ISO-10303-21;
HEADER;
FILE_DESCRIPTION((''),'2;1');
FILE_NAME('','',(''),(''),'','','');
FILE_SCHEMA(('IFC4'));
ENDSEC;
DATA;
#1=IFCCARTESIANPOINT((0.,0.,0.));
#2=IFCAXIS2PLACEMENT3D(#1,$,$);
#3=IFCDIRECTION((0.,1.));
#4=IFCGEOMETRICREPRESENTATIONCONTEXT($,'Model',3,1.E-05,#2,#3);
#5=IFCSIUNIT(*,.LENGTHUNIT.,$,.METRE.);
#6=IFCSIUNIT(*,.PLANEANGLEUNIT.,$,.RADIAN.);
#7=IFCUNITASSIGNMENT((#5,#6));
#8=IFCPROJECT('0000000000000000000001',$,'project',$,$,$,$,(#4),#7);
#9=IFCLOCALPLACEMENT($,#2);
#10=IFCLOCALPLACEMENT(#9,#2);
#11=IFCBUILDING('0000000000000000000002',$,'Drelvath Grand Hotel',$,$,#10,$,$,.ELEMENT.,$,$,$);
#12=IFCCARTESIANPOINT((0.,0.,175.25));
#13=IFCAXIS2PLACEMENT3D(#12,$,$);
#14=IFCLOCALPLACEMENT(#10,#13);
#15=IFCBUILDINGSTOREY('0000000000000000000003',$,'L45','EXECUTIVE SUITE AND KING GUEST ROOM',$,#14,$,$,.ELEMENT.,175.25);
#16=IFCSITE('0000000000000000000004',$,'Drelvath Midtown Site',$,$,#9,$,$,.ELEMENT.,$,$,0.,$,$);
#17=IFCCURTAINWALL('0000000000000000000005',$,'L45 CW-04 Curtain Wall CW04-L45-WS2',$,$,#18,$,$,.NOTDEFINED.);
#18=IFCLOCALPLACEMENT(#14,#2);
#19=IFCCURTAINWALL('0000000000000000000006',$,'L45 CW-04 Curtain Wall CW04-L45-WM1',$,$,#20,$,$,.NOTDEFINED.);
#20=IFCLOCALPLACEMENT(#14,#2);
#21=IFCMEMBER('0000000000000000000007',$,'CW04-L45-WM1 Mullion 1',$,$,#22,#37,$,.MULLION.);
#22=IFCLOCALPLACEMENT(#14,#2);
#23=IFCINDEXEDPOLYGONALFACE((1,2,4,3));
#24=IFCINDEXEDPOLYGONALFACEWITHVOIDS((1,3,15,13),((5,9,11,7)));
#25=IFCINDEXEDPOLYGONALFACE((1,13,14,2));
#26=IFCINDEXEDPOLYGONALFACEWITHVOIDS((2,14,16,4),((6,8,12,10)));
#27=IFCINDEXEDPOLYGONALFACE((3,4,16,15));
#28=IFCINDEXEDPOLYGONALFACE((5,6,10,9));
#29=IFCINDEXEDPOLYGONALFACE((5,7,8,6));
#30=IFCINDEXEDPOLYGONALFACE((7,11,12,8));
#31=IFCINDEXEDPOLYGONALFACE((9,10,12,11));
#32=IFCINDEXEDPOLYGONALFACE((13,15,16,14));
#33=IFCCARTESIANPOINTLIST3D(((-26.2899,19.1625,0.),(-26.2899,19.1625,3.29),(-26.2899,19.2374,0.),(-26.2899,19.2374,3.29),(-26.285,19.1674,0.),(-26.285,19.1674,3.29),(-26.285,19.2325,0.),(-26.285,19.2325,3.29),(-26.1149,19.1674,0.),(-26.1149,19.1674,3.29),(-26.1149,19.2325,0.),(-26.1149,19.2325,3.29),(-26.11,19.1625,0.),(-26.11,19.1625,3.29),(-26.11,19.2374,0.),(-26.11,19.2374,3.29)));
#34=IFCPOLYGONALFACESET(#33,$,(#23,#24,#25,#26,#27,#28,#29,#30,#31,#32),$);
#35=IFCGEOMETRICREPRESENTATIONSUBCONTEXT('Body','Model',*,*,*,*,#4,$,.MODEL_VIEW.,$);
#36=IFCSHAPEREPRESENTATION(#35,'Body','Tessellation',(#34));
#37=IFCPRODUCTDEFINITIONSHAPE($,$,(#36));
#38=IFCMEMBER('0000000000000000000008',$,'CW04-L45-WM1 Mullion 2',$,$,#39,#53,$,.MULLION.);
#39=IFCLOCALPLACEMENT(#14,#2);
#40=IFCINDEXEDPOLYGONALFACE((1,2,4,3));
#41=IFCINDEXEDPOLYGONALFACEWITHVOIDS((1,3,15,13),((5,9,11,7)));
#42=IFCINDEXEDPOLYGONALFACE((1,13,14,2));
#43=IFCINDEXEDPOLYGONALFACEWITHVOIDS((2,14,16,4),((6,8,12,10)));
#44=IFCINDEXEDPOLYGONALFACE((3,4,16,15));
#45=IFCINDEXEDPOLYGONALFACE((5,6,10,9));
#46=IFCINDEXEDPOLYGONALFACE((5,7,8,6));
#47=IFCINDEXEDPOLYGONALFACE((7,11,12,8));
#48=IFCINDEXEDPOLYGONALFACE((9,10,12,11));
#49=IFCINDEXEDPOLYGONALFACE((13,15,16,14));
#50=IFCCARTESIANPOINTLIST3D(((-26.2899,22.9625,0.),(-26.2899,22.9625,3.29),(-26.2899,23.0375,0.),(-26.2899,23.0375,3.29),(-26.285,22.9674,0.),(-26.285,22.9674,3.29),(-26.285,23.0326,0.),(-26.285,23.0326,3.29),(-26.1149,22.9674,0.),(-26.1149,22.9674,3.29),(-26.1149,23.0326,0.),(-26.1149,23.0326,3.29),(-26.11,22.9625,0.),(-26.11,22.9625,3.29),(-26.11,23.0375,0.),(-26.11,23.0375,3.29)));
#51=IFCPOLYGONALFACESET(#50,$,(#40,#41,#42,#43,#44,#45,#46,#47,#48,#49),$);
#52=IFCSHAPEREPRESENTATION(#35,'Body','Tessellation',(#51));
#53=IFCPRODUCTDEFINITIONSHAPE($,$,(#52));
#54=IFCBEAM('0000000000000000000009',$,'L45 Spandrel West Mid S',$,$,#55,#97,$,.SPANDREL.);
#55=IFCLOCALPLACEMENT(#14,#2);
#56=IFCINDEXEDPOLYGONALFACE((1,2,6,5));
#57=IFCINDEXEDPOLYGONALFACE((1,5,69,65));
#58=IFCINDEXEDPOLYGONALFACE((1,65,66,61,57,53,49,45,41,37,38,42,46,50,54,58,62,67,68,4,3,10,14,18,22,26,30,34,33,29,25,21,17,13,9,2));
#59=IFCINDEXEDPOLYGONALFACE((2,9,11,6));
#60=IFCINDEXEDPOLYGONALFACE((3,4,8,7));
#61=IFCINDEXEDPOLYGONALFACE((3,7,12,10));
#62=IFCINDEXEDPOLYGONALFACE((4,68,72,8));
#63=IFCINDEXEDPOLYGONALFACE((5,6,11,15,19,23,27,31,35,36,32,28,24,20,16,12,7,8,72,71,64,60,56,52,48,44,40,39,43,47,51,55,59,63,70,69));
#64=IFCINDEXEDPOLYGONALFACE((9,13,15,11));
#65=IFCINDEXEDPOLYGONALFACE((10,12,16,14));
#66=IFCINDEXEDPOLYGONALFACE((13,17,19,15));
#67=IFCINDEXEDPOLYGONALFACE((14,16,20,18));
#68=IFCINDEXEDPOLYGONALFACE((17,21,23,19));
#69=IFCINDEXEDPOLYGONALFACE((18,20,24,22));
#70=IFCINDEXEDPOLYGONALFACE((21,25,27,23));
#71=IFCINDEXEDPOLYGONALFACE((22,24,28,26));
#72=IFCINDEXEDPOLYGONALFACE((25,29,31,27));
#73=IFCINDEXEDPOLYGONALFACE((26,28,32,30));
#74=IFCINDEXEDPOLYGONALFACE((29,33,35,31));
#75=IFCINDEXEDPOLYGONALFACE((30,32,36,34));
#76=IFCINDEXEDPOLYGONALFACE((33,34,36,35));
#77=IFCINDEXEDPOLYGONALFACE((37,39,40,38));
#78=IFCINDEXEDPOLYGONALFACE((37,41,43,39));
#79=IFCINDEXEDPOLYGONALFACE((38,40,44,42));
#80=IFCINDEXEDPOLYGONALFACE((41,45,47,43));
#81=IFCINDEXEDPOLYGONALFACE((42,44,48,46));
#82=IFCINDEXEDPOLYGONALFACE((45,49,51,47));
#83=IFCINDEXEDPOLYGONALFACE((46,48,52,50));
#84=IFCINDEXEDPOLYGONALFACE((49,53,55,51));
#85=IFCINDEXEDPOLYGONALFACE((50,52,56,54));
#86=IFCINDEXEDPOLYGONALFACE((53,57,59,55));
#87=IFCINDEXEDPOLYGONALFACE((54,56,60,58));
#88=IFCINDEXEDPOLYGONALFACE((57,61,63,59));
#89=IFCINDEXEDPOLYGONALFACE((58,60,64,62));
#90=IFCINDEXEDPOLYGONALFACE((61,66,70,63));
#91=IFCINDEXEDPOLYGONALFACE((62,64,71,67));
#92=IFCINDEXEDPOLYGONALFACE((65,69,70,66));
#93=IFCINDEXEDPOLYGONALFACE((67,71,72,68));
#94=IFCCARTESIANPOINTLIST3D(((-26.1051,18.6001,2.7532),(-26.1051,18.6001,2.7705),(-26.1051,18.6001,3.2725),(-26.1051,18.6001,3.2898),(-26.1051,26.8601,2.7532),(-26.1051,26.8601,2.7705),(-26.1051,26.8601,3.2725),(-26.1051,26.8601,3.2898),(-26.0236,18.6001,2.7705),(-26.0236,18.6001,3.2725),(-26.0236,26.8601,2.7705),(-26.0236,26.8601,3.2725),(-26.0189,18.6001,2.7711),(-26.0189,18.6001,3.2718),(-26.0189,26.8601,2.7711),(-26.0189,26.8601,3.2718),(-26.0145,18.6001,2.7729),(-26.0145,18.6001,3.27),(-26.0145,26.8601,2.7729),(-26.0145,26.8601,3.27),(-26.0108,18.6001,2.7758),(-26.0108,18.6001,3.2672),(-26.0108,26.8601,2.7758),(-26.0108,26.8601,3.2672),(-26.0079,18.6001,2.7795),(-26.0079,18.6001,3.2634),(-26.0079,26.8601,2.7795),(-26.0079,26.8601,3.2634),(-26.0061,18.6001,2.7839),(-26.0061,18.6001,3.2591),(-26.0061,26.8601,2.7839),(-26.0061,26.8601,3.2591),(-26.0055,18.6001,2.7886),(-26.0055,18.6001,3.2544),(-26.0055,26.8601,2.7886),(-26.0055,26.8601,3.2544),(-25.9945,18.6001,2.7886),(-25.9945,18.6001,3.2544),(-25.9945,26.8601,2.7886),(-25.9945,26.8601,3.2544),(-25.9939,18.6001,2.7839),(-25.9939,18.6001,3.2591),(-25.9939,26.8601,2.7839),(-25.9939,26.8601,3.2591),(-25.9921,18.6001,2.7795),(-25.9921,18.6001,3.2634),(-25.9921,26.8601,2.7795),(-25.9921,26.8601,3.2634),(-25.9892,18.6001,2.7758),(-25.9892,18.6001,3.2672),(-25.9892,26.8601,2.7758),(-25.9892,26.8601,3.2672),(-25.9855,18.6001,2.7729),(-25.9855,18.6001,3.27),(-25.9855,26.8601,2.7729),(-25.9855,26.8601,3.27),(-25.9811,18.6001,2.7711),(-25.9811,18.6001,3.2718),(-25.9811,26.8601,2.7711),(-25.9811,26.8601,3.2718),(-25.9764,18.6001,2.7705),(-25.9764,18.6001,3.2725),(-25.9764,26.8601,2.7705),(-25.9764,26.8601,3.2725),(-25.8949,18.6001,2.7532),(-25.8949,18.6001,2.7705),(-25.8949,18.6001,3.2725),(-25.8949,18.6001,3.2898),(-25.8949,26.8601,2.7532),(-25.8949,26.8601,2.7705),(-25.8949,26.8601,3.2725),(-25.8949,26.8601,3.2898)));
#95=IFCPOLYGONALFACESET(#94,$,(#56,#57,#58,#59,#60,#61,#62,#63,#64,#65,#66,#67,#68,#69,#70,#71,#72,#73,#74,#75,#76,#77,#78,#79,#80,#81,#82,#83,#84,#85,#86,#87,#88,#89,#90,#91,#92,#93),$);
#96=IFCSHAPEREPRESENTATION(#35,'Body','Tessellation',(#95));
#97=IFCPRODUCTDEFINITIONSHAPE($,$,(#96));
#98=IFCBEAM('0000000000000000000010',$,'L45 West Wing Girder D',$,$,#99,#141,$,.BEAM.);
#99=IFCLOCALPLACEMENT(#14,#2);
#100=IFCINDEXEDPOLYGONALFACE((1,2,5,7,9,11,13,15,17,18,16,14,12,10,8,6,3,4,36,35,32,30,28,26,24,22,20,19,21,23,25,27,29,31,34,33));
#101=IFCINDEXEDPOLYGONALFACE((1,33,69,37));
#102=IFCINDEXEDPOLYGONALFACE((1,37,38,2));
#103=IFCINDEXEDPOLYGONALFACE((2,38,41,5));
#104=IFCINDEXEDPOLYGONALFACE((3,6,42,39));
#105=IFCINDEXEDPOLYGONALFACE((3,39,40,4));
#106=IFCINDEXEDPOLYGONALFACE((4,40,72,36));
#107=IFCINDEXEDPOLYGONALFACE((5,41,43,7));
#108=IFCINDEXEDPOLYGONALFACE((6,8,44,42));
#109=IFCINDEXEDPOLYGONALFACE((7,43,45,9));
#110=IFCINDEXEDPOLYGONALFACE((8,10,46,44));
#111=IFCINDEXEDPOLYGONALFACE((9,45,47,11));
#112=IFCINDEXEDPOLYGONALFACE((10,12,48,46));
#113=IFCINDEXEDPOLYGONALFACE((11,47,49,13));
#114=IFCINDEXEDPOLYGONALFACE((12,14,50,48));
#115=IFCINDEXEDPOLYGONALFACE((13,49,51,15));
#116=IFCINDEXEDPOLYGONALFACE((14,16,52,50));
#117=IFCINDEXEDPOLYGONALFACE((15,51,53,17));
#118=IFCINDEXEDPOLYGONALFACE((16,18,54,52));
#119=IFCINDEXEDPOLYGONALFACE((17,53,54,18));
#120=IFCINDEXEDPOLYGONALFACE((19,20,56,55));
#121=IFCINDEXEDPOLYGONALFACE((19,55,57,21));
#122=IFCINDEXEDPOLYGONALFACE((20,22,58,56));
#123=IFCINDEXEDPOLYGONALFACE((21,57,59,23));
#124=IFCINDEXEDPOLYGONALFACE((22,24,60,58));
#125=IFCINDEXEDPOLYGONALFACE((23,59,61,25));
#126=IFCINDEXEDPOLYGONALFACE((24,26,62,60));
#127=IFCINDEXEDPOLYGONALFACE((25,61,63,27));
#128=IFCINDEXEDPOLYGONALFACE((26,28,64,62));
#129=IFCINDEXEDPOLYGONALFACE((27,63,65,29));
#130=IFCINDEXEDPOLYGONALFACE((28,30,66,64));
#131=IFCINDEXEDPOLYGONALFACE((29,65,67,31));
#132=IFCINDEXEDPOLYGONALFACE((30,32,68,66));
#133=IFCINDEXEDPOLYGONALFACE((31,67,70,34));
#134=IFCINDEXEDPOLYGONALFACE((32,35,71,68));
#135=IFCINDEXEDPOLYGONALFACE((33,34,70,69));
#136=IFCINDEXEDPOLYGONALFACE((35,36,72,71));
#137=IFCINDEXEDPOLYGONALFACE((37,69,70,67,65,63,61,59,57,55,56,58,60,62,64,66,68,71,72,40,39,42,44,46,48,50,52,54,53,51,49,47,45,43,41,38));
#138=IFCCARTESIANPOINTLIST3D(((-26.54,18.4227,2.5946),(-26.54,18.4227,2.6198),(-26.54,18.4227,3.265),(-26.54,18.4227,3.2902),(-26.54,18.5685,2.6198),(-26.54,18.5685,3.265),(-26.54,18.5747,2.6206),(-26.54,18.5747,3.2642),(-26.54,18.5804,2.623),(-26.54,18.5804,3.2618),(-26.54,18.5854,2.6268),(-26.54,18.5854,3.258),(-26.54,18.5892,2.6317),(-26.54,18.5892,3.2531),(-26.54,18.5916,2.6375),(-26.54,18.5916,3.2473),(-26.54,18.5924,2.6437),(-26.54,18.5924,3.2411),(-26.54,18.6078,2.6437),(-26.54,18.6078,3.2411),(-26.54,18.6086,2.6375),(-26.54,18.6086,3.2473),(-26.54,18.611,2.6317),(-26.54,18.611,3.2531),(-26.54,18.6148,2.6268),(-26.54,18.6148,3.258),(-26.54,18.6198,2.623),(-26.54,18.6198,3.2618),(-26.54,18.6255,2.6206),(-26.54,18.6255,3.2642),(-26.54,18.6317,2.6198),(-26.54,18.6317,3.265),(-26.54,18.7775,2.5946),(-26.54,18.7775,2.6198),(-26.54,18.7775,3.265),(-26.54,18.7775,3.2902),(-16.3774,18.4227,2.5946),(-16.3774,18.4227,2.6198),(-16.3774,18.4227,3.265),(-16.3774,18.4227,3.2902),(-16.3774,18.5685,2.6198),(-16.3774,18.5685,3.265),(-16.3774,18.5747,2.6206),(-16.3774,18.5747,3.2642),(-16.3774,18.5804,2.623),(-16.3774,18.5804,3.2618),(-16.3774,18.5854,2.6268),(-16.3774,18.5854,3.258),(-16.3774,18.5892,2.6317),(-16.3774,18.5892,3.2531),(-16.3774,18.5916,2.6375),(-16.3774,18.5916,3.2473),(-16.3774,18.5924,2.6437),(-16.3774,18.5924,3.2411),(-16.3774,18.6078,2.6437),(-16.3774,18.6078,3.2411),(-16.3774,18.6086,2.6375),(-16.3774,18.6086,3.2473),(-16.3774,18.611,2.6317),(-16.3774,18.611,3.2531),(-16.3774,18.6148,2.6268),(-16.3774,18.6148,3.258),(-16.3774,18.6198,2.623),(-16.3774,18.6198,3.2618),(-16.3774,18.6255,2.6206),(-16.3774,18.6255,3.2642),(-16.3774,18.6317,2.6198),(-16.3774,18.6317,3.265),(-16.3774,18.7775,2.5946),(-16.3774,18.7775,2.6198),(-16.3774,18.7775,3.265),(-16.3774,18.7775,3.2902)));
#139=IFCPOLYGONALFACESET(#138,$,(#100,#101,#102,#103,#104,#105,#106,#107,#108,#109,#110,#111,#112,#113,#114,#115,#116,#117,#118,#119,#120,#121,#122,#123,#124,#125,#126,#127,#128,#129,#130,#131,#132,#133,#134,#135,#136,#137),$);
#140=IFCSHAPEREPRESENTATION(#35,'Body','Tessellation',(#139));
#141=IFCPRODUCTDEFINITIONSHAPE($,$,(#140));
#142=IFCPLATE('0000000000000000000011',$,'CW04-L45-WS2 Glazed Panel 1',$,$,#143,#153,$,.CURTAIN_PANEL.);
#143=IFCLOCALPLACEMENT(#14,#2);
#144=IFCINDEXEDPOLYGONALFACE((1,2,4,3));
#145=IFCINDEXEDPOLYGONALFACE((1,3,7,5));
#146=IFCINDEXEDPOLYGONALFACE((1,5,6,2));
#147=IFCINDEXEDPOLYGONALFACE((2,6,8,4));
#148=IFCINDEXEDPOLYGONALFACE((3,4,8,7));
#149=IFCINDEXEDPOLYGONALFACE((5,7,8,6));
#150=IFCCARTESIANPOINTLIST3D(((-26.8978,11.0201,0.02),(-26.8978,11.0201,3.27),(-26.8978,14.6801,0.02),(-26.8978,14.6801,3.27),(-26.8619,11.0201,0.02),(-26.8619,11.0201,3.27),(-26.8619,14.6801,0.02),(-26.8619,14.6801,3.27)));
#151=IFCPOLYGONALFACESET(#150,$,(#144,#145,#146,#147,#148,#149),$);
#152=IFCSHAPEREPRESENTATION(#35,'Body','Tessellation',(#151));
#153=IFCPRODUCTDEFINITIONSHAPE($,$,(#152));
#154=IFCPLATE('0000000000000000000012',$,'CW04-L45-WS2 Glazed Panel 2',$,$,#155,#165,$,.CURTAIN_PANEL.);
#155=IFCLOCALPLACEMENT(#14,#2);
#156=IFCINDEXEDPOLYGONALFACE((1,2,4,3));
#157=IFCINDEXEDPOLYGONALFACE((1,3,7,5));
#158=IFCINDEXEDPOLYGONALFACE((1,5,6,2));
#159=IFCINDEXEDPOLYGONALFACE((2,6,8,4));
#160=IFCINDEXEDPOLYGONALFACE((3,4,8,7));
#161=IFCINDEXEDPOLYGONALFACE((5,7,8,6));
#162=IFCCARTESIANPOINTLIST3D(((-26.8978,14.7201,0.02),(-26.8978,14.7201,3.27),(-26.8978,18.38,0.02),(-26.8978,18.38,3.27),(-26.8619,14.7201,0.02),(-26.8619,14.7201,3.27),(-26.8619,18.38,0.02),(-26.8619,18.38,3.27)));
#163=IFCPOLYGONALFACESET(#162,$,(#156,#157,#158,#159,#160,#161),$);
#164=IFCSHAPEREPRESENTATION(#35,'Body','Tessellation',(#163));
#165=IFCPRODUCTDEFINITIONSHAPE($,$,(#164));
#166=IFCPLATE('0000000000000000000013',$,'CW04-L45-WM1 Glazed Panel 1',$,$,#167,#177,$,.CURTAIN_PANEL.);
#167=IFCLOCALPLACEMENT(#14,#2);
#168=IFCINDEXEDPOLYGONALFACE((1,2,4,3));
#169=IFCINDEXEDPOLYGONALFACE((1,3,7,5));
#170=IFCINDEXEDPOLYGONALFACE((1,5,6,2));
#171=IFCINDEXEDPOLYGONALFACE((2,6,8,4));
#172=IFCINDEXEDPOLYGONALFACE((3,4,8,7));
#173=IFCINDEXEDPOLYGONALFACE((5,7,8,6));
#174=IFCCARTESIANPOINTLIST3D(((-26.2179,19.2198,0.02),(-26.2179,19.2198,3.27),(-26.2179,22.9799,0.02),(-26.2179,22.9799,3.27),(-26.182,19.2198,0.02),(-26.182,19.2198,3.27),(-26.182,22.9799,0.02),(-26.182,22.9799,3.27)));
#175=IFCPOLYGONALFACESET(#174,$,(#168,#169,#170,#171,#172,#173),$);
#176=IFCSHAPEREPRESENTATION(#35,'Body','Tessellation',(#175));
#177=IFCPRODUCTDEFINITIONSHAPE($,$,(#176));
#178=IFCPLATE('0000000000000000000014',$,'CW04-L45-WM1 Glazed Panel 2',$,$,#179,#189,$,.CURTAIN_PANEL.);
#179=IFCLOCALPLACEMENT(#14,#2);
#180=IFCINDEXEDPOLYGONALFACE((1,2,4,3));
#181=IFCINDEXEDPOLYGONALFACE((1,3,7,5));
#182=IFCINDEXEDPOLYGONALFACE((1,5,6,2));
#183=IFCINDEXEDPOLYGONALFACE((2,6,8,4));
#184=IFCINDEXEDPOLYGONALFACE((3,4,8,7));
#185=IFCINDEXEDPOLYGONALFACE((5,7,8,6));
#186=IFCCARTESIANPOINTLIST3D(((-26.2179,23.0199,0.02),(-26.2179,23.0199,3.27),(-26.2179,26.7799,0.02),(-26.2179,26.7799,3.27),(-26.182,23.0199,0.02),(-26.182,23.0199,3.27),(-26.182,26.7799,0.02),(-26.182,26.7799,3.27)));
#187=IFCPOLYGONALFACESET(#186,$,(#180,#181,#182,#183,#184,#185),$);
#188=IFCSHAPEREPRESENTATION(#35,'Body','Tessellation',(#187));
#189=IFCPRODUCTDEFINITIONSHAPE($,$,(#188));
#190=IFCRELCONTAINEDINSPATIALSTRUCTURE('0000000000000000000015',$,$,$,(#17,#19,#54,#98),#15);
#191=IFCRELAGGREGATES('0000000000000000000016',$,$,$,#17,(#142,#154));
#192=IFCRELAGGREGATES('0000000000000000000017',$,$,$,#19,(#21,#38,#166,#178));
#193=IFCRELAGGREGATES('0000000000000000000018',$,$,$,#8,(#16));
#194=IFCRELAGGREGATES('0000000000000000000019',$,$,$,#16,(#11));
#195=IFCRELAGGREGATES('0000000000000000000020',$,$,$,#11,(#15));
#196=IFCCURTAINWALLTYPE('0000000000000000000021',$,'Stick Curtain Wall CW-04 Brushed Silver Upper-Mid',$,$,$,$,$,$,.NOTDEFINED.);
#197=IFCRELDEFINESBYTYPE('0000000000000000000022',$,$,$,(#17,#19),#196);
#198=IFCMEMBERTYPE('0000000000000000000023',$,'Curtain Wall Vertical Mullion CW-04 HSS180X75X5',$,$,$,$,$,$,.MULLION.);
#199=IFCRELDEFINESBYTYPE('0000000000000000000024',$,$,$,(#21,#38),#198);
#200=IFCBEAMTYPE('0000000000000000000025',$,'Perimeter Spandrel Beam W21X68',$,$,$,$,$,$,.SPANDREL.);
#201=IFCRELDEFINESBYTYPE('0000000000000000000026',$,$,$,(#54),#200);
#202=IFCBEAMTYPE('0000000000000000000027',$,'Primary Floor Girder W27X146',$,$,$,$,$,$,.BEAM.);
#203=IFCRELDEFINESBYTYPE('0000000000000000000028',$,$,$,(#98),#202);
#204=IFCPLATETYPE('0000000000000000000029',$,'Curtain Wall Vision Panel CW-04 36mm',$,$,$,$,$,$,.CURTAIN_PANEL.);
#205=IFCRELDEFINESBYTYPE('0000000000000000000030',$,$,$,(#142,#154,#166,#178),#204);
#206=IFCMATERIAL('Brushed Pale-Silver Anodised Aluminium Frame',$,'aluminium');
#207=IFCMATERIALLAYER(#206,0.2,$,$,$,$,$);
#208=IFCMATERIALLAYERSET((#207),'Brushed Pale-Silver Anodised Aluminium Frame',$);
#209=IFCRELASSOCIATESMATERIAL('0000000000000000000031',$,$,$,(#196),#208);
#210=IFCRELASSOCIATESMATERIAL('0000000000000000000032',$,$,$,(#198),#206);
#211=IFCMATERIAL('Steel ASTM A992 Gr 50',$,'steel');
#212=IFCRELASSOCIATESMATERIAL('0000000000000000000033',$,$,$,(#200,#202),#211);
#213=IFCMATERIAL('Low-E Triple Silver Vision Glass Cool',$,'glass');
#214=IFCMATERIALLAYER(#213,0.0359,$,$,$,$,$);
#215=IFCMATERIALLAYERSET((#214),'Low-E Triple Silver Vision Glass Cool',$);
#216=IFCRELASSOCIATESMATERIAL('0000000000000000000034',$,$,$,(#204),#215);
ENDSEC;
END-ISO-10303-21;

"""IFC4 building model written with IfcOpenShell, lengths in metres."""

from ifc_helpers import new_model, si_unit, direction, frame, origin, origin_2d, place, context, subcontext, project, spatial, rectangle, hollow_rectangle, i_section, extrude, material, layer, layer_set, material_profile, profile_set, type_object, element, aggregate, save


model = new_model("IFC4")

# Units and contexts
model_context = context("Model", 3, precision=1e-05, world=origin(), true_north=direction((0.0, 1.0)))
body_context = subcontext(model_context, "Body", "Model", "MODEL_VIEW")
ifc_project = project(units=[si_unit("LENGTHUNIT", "METRE"), si_unit("PLANEANGLEUNIT", "RADIAN")], contexts=[model_context])

# Site, building, storey
site_placement = place(None, origin())
site = spatial("IfcSite", under=ifc_project, at=site_placement, Name="Drelvath Midtown Site", CompositionType="ELEMENT", RefElevation=0.0)
building_placement = place(site_placement, origin())
building = spatial("IfcBuilding", under=site, at=building_placement, Name="Drelvath Grand Hotel", CompositionType="ELEMENT")
storey_placement = place(building_placement, frame((0.0, 0.0, 175.25)))
storey = spatial("IfcBuildingStorey", under=building, at=storey_placement, Name="L45", Description="EXECUTIVE SUITE AND KING GUEST ROOM", CompositionType="ELEMENT", Elevation=175.25)

# Shared definitions
ifc_material_1 = material(Name="Steel ASTM A992 Gr 50", Category="steel")

# Curtain walls
ifc_material_2 = material(Name="Brushed Pale-Silver Anodised Aluminium Frame", Category="aluminium")
ifc_layer_1 = layer(ifc_material_2, 0.2)
ifc_layer_set_1 = layer_set([ifc_layer_1], Name="Brushed Pale-Silver Anodised Aluminium Frame")
curtain_wall_type = type_object("IfcCurtainWallType", Name="Stick Curtain Wall CW-04 Brushed Silver Upper-Mid", PredefinedType="NOTDEFINED", material=ifc_layer_set_1)
curtain_wall_1_placement = place(storey_placement, origin())
curtain_wall_1 = element("IfcCurtainWall", 1, at=curtain_wall_1_placement, inside=storey, type_object=curtain_wall_type, Name="L45 CW-04 Curtain Wall CW04-L45-WS2", PredefinedType="NOTDEFINED")
curtain_wall_2_placement = place(storey_placement, origin())
curtain_wall_2 = element("IfcCurtainWall", 2, at=curtain_wall_2_placement, inside=storey, type_object=curtain_wall_type, Name="L45 CW-04 Curtain Wall CW04-L45-WM1", PredefinedType="NOTDEFINED")

# Members
ifc_material_profile_1 = material_profile(ifc_material_2, hollow_rectangle(XDim=0.075, YDim=0.1799, WallThickness=0.0049, at=origin_2d()), Name="HSS180X75X5")
ifc_profile_set_1 = profile_set([ifc_material_profile_1], Name="Brushed Pale-Silver Anodised Aluminium Frame")
member_type_1 = type_object("IfcMemberType", Name="Curtain Wall Vertical Mullion CW-04 HSS180X75X5", PredefinedType="MULLION", material=ifc_profile_set_1)
member_1_placement = place(storey_placement, frame((-26.2, 19.2, 0.0), z_axis=(0.0, 0.0, 1.0), x_axis=(0.0, 1.0, 0.0)))
member_1 = element("IfcMember", 3, at=member_1_placement, type_object=member_type_1, Name="CW04-L45-WM1 Mullion 1", PredefinedType="MULLION", context=body_context, shape_type="SweptSolid", body=[
    extrude(hollow_rectangle(XDim=0.075, YDim=0.1799, WallThickness=0.0049, at=origin_2d()), origin(), (0.0, 0.0, 1.0), 3.29),
])
member_2_placement = place(storey_placement, frame((-26.2, 23.0, 0.0), z_axis=(0.0, 0.0, 1.0), x_axis=(0.0, 1.0, 0.0)))
member_2 = element("IfcMember", 4, at=member_2_placement, type_object=member_type_1, Name="CW04-L45-WM1 Mullion 2", PredefinedType="MULLION", context=body_context, shape_type="SweptSolid", body=[
    extrude(hollow_rectangle(XDim=0.075, YDim=0.1799, WallThickness=0.0049, at=origin_2d()), origin(), (0.0, 0.0, 1.0), 3.29),
])

# Beams
ifc_material_profile_2 = material_profile(ifc_material_1, i_section(OverallWidth=0.2102, OverallDepth=0.5366, WebThickness=0.011, FlangeThickness=0.0173, FilletRadius=0.0181, at=origin_2d()), Name="W21X68")
ifc_profile_set_2 = profile_set([ifc_material_profile_2], Name="Steel ASTM A992 Gr 50")
beam_type_1 = type_object("IfcBeamType", Name="Perimeter Spandrel Beam W21X68", PredefinedType="SPANDREL", material=ifc_profile_set_2)
beam_1_placement = place(storey_placement, frame((-26.0, 18.6001, 3.0215), z_axis=(0.0, 1.0, 0.0), x_axis=(-1.0, 0.0, 0.0)))
element("IfcBeam", 5, at=beam_1_placement, inside=storey, type_object=beam_type_1, Name="L45 Spandrel West Mid S", PredefinedType="SPANDREL", context=body_context, shape_type="SweptSolid", body=[
    extrude(i_section(OverallWidth=0.2102, OverallDepth=0.5366, WebThickness=0.011, FlangeThickness=0.0173, FilletRadius=0.0181, at=origin_2d()), origin(), (0.0, 0.0, 1.0), 8.26),
])
ifc_material_profile_3 = material_profile(ifc_material_1, i_section(OverallWidth=0.3547, OverallDepth=0.6956, WebThickness=0.0154, FlangeThickness=0.0251, FilletRadius=0.0239, at=origin_2d()), Name="W27X146")
ifc_profile_set_3 = profile_set([ifc_material_profile_3], Name="Steel ASTM A992 Gr 50")
beam_type_2 = type_object("IfcBeamType", Name="Primary Floor Girder W27X146", PredefinedType="BEAM", material=ifc_profile_set_3)
beam_2_placement = place(storey_placement, frame((-26.54, 18.6001, 2.9424), z_axis=(1.0, 0.0, 0.0), x_axis=(0.0, 1.0, 0.0)))
element("IfcBeam", 6, at=beam_2_placement, inside=storey, type_object=beam_type_2, Name="L45 West Wing Girder D", PredefinedType="BEAM", context=body_context, shape_type="SweptSolid", body=[
    extrude(i_section(OverallWidth=0.3547, OverallDepth=0.6956, WebThickness=0.0154, FlangeThickness=0.0251, FilletRadius=0.0239, at=origin_2d()), origin(), (0.0, 0.0, 1.0), 10.1626),
])

# Plates
ifc_material_3 = material(Name="Low-E Triple Silver Vision Glass Cool", Category="glass")
ifc_layer_2 = layer(ifc_material_3, 0.0359)
ifc_layer_set_2 = layer_set([ifc_layer_2], Name="Low-E Triple Silver Vision Glass Cool")
plate_type = type_object("IfcPlateType", Name="Curtain Wall Vision Panel CW-04 36mm", PredefinedType="CURTAIN_PANEL", material=ifc_layer_set_2)
plate_1_placement = place(storey_placement, frame((-26.8799, 12.8501, 0.02), z_axis=(0.0, 0.0, 1.0), x_axis=(0.0, 1.0, 0.0)))
plate_1 = element("IfcPlate", 7, at=plate_1_placement, type_object=plate_type, Name="CW04-L45-WS2 Glazed Panel 1", PredefinedType="CURTAIN_PANEL", context=body_context, shape_type="SweptSolid", body=[
    extrude(rectangle(XDim=3.6599, YDim=0.0359, at=origin_2d()), origin(), (0.0, 0.0, 1.0), 3.25),
])
plate_2_placement = place(storey_placement, frame((-26.8799, 16.55, 0.02), z_axis=(0.0, 0.0, 1.0), x_axis=(0.0, 1.0, 0.0)))
plate_2 = element("IfcPlate", 8, at=plate_2_placement, type_object=plate_type, Name="CW04-L45-WS2 Glazed Panel 2", PredefinedType="CURTAIN_PANEL", context=body_context, shape_type="SweptSolid", body=[
    extrude(rectangle(XDim=3.6599, YDim=0.0359, at=origin_2d()), origin(), (0.0, 0.0, 1.0), 3.25),
])
aggregate(curtain_wall_1, [plate_1, plate_2])
plate_3_placement = place(storey_placement, frame((-26.2, 21.0999, 0.02), z_axis=(0.0, 0.0, 1.0), x_axis=(0.0, 1.0, 0.0)))
plate_3 = element("IfcPlate", 9, at=plate_3_placement, type_object=plate_type, Name="CW04-L45-WM1 Glazed Panel 1", PredefinedType="CURTAIN_PANEL", context=body_context, shape_type="SweptSolid", body=[
    extrude(rectangle(XDim=3.76, YDim=0.0359, at=origin_2d()), origin(), (0.0, 0.0, 1.0), 3.25),
])
plate_4_placement = place(storey_placement, frame((-26.2, 24.8999, 0.02), z_axis=(0.0, 0.0, 1.0), x_axis=(0.0, 1.0, 0.0)))
plate_4 = element("IfcPlate", 10, at=plate_4_placement, type_object=plate_type, Name="CW04-L45-WM1 Glazed Panel 2", PredefinedType="CURTAIN_PANEL", context=body_context, shape_type="SweptSolid", body=[
    extrude(rectangle(XDim=3.76, YDim=0.0359, at=origin_2d()), origin(), (0.0, 0.0, 1.0), 3.25),
])
aggregate(curtain_wall_2, [member_1, member_2, plate_3, plate_4])

save(model, "model.ifc")
